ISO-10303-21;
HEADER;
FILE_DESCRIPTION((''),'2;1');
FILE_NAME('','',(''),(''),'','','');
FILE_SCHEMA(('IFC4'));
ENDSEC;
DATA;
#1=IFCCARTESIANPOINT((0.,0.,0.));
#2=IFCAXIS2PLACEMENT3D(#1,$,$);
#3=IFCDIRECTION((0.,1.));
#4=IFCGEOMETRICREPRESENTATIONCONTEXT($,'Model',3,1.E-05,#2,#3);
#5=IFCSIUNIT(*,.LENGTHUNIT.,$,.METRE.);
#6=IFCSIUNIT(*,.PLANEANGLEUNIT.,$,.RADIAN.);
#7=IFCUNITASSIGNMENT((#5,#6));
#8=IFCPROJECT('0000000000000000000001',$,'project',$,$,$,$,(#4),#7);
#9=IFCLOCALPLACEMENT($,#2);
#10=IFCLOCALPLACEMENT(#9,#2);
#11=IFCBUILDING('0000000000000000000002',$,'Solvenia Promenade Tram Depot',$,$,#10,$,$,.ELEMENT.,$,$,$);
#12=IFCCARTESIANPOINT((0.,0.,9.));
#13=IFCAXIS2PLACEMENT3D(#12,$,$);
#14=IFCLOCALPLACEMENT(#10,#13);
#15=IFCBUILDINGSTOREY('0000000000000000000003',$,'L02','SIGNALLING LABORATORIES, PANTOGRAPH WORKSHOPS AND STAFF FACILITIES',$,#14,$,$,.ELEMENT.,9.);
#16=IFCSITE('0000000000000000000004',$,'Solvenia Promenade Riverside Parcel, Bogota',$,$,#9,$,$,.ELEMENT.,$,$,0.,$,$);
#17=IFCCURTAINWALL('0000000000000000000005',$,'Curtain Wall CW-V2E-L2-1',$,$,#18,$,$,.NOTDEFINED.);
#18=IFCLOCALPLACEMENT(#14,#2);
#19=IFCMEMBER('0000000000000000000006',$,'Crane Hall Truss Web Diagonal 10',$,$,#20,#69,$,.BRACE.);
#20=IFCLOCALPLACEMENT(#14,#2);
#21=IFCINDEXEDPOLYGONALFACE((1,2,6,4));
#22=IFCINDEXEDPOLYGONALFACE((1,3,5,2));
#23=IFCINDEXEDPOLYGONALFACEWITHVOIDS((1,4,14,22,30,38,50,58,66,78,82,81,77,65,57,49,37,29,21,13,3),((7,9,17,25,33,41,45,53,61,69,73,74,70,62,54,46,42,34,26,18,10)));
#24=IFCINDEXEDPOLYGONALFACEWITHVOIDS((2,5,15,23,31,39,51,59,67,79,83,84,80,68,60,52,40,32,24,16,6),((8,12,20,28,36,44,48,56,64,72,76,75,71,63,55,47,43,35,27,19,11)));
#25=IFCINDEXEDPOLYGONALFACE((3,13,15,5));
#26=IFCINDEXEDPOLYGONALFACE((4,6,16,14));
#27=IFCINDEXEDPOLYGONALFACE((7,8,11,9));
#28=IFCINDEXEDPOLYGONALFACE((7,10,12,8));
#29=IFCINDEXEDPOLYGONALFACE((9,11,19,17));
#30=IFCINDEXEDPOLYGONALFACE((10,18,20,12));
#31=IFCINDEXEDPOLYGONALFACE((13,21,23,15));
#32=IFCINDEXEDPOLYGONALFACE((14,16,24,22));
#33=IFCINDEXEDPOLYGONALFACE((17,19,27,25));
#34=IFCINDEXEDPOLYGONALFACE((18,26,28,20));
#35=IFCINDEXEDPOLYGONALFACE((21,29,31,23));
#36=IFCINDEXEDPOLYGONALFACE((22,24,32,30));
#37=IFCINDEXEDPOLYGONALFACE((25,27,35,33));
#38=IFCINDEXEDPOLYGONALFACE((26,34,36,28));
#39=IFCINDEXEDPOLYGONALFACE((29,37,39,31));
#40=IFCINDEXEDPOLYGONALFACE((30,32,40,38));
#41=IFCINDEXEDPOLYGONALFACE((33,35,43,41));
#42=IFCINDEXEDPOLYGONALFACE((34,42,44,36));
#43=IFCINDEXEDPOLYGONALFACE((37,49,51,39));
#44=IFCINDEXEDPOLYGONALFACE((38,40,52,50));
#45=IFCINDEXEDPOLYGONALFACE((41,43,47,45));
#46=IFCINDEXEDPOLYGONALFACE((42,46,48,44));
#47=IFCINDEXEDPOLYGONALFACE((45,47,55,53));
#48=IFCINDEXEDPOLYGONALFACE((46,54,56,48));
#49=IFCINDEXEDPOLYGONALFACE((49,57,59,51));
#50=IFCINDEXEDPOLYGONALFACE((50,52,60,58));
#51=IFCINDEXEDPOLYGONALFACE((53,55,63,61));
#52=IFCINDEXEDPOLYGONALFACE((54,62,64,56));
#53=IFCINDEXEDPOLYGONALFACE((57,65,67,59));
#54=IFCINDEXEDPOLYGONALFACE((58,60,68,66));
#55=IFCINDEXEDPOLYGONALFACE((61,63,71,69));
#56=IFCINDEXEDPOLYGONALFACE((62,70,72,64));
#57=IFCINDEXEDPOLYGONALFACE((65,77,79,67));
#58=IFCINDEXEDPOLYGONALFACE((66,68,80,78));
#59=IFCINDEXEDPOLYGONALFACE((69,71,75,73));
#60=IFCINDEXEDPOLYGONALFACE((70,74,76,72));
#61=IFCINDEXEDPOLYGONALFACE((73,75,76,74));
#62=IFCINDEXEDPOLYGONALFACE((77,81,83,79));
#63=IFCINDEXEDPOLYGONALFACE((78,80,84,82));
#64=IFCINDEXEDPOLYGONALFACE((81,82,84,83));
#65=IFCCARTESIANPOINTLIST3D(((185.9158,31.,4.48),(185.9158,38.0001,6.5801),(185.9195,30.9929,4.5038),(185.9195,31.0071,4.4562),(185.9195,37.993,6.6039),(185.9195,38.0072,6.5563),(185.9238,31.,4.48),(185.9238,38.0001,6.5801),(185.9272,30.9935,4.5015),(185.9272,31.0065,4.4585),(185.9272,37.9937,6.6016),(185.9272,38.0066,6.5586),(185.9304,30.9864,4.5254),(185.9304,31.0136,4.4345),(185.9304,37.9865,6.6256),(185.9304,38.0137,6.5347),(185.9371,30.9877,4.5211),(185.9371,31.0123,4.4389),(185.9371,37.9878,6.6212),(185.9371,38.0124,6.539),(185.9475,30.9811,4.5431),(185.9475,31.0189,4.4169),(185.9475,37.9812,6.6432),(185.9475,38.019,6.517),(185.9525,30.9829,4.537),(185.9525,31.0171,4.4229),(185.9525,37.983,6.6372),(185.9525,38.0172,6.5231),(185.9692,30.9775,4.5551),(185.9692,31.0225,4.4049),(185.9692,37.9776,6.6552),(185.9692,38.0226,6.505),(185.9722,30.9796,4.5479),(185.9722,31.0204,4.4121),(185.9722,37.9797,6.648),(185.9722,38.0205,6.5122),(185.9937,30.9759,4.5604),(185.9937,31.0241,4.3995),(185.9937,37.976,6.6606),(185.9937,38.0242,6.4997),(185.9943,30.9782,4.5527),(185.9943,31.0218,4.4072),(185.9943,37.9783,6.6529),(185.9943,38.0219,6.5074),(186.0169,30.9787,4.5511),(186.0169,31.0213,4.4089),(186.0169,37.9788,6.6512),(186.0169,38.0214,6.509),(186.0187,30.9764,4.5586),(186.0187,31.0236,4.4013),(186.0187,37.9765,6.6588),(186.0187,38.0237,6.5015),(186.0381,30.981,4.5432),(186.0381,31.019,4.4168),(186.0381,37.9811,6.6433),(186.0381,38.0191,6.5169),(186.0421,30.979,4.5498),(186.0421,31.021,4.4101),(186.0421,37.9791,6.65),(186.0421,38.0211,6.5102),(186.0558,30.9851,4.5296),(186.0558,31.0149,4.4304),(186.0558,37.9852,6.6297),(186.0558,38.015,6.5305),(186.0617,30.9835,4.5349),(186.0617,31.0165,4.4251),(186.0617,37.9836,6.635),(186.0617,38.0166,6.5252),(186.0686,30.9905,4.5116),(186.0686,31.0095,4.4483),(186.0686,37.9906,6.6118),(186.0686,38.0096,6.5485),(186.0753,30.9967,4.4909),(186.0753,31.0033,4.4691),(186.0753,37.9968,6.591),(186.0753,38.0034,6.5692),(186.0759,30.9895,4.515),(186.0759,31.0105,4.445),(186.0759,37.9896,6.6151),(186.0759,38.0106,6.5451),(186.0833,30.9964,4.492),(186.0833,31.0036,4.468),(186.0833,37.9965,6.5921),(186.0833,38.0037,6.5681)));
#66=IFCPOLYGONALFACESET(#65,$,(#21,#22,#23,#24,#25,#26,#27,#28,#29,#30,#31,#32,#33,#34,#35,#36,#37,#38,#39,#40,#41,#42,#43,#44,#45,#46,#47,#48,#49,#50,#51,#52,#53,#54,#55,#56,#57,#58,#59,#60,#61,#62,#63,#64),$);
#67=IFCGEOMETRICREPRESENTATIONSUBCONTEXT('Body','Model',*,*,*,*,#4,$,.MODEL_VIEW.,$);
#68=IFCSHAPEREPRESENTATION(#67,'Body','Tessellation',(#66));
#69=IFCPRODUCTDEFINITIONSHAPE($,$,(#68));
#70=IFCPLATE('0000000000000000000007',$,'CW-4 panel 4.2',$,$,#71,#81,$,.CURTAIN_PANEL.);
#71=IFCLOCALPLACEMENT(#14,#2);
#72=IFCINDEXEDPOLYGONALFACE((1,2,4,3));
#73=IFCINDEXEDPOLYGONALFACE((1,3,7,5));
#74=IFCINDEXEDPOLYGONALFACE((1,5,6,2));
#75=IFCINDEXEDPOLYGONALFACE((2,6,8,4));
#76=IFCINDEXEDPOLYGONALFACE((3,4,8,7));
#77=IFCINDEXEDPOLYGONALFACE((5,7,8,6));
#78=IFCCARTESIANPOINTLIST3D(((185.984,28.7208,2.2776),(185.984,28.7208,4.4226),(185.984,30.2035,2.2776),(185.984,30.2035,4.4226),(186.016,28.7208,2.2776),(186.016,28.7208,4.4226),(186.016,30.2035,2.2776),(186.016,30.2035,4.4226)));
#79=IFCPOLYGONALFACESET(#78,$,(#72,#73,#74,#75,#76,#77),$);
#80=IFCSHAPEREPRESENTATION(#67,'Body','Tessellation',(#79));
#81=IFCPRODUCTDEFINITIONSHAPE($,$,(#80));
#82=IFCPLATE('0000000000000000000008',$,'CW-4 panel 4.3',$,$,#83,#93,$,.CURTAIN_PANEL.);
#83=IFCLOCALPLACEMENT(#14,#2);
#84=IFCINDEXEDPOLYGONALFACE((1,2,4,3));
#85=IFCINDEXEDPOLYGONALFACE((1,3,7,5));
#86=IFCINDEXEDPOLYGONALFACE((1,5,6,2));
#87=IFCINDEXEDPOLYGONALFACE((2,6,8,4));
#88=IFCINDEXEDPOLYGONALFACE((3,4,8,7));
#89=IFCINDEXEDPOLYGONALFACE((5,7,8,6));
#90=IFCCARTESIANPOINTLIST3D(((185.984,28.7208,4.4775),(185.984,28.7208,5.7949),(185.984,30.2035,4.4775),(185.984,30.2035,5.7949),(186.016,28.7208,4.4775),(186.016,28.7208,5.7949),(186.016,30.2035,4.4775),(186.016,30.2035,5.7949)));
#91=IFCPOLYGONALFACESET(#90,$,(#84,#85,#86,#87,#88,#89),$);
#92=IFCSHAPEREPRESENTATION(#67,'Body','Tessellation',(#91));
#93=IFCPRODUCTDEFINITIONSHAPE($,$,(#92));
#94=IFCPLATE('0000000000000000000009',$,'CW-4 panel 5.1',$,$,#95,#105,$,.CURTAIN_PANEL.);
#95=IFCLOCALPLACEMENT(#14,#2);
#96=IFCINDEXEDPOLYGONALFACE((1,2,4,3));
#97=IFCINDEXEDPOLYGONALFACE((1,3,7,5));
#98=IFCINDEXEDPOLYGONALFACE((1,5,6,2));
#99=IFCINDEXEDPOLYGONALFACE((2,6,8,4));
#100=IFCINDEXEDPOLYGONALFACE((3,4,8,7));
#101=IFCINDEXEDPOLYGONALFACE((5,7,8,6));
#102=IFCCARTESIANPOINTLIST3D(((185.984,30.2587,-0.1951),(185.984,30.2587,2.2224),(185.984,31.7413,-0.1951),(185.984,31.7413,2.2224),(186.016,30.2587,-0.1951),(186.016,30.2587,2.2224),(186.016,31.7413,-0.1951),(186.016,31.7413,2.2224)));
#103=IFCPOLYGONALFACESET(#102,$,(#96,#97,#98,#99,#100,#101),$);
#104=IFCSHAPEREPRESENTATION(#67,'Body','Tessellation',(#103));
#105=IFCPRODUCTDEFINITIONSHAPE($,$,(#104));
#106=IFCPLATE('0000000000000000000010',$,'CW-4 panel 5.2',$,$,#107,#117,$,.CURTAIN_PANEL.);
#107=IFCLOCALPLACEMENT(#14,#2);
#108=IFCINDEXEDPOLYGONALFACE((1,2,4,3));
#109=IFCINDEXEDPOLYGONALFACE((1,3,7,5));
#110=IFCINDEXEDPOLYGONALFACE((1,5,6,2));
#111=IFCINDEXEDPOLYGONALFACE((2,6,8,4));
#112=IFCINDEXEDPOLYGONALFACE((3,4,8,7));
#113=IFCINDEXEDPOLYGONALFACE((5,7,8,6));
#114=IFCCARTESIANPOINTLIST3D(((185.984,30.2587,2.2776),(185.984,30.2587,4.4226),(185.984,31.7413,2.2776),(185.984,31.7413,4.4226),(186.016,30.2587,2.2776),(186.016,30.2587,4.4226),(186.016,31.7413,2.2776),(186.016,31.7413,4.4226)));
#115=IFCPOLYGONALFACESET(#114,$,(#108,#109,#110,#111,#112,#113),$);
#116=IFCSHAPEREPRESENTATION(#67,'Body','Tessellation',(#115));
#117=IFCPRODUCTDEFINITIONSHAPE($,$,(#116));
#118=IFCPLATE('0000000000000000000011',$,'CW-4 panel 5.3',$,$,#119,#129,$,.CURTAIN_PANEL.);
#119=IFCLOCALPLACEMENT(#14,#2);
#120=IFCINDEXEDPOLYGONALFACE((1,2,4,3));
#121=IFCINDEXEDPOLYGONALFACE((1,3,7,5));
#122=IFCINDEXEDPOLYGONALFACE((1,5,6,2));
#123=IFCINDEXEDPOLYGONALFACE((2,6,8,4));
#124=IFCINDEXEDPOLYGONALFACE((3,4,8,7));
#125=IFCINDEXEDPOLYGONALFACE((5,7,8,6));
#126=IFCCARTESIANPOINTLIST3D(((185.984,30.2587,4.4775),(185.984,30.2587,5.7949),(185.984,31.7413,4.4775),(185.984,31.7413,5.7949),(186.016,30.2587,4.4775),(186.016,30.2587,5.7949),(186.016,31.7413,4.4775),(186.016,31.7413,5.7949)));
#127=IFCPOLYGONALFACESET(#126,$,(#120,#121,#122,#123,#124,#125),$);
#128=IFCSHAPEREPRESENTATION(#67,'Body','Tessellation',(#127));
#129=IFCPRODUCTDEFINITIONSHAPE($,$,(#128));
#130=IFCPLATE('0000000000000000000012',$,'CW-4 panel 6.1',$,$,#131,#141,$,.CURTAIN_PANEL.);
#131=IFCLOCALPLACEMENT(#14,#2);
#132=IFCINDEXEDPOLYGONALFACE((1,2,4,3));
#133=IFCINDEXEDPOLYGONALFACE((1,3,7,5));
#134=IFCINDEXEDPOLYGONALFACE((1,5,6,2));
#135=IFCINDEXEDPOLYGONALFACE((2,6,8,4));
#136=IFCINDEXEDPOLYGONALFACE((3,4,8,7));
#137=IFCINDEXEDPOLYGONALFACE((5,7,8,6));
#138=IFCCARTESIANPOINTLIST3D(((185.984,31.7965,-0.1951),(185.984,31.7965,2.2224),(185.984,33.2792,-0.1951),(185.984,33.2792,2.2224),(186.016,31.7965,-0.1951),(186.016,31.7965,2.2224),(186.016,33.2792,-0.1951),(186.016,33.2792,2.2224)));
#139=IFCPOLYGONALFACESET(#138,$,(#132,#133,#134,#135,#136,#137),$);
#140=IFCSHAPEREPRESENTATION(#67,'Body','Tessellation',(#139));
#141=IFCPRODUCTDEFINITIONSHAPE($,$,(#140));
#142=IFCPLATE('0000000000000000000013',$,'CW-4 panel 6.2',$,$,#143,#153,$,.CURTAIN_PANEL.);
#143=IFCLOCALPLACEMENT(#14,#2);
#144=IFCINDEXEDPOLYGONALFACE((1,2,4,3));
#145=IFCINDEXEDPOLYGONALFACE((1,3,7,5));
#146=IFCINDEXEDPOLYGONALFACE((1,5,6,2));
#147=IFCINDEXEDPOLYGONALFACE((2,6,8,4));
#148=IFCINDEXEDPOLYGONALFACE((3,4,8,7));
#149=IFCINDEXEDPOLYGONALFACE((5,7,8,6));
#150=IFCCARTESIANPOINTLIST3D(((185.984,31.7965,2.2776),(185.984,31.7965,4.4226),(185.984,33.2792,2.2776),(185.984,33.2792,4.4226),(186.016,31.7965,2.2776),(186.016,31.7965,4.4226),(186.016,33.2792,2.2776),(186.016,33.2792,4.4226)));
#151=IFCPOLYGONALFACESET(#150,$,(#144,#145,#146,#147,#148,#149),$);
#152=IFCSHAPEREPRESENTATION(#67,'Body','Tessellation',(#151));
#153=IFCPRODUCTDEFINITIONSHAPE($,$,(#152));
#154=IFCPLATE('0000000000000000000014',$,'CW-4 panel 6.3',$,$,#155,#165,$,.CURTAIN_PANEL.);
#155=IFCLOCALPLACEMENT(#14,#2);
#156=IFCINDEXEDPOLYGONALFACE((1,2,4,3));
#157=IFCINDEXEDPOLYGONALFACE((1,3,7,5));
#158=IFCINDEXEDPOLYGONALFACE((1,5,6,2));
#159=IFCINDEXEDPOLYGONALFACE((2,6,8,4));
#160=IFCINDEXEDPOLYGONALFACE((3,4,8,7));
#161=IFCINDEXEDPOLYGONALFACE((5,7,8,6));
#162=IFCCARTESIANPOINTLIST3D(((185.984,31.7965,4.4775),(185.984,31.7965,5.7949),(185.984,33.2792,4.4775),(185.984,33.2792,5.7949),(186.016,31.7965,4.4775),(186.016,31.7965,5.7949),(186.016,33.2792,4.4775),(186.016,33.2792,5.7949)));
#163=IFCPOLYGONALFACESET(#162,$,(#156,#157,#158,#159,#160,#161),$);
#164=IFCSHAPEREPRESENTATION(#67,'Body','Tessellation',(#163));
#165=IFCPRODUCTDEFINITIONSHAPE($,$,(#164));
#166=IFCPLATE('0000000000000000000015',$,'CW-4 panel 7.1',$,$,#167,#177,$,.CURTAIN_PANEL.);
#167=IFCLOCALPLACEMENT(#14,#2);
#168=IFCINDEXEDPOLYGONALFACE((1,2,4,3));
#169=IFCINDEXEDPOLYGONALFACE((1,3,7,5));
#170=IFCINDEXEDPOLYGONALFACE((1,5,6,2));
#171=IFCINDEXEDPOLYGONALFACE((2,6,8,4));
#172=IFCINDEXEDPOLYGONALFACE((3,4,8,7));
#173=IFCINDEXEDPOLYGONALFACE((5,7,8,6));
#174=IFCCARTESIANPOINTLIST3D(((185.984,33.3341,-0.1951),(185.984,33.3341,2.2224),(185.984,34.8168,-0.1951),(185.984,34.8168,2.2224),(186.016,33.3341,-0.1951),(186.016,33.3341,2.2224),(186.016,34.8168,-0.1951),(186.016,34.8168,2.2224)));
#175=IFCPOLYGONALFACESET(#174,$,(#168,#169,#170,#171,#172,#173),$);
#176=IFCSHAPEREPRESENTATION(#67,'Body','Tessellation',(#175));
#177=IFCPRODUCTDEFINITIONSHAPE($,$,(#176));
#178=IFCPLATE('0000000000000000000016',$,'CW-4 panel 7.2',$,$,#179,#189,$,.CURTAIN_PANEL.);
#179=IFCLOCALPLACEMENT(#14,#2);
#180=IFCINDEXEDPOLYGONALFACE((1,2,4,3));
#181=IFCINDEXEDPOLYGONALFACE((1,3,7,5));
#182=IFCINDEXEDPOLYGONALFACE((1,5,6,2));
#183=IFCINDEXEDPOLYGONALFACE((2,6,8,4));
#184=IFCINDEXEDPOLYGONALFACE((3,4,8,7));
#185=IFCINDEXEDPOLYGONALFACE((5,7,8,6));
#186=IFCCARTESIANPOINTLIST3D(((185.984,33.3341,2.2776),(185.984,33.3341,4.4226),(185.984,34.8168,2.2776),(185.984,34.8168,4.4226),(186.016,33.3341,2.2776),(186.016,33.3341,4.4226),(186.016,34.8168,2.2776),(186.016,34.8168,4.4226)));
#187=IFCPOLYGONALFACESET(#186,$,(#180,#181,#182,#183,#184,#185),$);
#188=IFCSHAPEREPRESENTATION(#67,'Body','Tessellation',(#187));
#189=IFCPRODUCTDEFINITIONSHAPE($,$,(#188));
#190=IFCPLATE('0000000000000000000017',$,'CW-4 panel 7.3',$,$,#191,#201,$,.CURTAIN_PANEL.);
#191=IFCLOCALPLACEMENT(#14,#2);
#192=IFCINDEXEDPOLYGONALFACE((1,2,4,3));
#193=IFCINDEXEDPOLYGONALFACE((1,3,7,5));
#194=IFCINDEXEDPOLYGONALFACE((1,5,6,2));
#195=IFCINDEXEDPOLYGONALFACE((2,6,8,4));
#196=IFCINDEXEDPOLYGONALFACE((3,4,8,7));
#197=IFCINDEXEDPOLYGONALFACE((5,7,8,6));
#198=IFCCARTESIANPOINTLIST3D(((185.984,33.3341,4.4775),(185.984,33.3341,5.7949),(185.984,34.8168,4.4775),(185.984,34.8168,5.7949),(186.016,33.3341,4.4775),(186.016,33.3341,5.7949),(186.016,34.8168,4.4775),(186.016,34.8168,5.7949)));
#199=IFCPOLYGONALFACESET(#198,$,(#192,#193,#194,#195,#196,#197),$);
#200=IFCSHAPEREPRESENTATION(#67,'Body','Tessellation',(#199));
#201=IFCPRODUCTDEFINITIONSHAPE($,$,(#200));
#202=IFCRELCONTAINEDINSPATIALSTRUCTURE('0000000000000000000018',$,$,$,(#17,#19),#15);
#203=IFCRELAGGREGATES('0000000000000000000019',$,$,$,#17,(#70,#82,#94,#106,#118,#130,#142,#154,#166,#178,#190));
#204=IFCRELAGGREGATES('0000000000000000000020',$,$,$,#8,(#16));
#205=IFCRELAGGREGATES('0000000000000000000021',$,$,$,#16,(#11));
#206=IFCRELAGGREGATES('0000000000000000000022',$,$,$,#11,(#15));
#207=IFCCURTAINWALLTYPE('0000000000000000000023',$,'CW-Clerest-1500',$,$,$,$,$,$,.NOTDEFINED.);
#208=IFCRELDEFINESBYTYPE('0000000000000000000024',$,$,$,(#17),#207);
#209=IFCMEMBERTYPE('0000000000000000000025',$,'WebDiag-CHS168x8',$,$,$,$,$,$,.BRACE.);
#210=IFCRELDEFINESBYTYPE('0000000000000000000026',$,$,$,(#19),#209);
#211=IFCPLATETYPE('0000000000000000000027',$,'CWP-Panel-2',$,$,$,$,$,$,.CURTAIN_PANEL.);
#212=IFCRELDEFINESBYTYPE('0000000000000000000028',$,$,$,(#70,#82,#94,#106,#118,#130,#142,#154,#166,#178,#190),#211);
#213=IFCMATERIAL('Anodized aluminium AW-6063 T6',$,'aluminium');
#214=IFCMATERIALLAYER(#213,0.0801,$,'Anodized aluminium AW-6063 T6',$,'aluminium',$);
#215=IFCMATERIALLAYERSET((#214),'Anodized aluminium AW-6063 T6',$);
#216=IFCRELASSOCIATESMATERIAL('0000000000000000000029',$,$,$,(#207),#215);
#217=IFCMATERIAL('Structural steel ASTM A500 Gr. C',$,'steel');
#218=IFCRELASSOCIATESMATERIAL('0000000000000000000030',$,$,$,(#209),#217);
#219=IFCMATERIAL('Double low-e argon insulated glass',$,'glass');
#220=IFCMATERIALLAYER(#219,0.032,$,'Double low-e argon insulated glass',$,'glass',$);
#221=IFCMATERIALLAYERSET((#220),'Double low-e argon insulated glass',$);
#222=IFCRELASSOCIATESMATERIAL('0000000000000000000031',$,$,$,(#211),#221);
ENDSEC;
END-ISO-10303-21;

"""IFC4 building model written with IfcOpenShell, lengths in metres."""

from ifc_helpers import new_model, si_unit, direction, frame, origin, origin_2d, place, context, subcontext, project, spatial, rectangle, hollow_circle, extrude, material, layer, layer_set, material_profile, profile_set, type_object, element, aggregate, save


model = new_model("IFC4")

# Units and contexts
model_context = context("Model", 3, precision=1e-05, world=origin(), true_north=direction((0.0, 1.0)))
body_context = subcontext(model_context, "Body", "Model", "MODEL_VIEW")
ifc_project = project(units=[si_unit("LENGTHUNIT", "METRE"), si_unit("PLANEANGLEUNIT", "RADIAN")], contexts=[model_context])

# Site, building, storey
site_placement = place(None, origin())
site = spatial("IfcSite", under=ifc_project, at=site_placement, Name="Solvenia Promenade Riverside Parcel, Bogota", CompositionType="ELEMENT", RefElevation=0.0)
building_placement = place(site_placement, origin())
building = spatial("IfcBuilding", under=site, at=building_placement, Name="Solvenia Promenade Tram Depot", CompositionType="ELEMENT")
storey_placement = place(building_placement, frame((0.0, 0.0, 9.0)))
storey = spatial("IfcBuildingStorey", under=building, at=storey_placement, Name="L02", Description="SIGNALLING LABORATORIES, PANTOGRAPH WORKSHOPS AND STAFF FACILITIES", CompositionType="ELEMENT", Elevation=9.0)

# Curtain wall
ifc_material_1 = material(Name="Anodized aluminium AW-6063 T6", Category="aluminium")
ifc_layer_1 = layer(ifc_material_1, 0.0801, Name="Anodized aluminium AW-6063 T6", Category="aluminium")
ifc_layer_set_1 = layer_set([ifc_layer_1], Name="Anodized aluminium AW-6063 T6")
curtain_wall_type = type_object("IfcCurtainWallType", Name="CW-Clerest-1500", PredefinedType="NOTDEFINED", material=ifc_layer_set_1)
curtain_wall_placement = place(storey_placement, origin())
curtain_wall = element("IfcCurtainWall", 1, at=curtain_wall_placement, inside=storey, type_object=curtain_wall_type, Name="Curtain Wall CW-V2E-L2-1", PredefinedType="NOTDEFINED")

# Member
ifc_material_2 = material(Name="Structural steel ASTM A500 Gr. C", Category="steel")
ifc_material_profile_1 = material_profile(ifc_material_2, hollow_circle(Radius=0.0842, WallThickness=0.0081, at=origin_2d()), Name="CHS168.3x8", Category="steel")
ifc_profile_set_1 = profile_set([ifc_material_profile_1], Name="Structural steel ASTM A500 Gr. C")
member_type_1 = type_object("IfcMemberType", Name="WebDiag-CHS168x8", PredefinedType="BRACE", material=ifc_profile_set_1)
member_1_placement = place(storey_placement, frame((186.0, 31.0, 4.48), z_axis=(0.0, 0.957823, 0.28736), x_axis=(-1.0, 0.0, 0.0)))
element("IfcMember", 2, at=member_1_placement, inside=storey, type_object=member_type_1, Name="Crane Hall Truss Web Diagonal 10", PredefinedType="BRACE", context=body_context, shape_type="SweptSolid", body=[
    extrude(hollow_circle(Radius=0.0842, WallThickness=0.0081, at=origin_2d()), origin(), (0.0, 0.0, 1.0), 7.3083),
])

# Plates
ifc_material_3 = material(Name="Double low-e argon insulated glass", Category="glass")
ifc_layer_2 = layer(ifc_material_3, 0.032, Name="Double low-e argon insulated glass", Category="glass")
ifc_layer_set_2 = layer_set([ifc_layer_2], Name="Double low-e argon insulated glass")
plate_type = type_object("IfcPlateType", Name="CWP-Panel-2", PredefinedType="CURTAIN_PANEL", material=ifc_layer_set_2)
plate_1_placement = place(storey_placement, frame((186.0, 29.4622, 2.2776), z_axis=(0.0, 0.0, 1.0), x_axis=(0.0, 1.0, 0.0)))
plate_1 = element("IfcPlate", 3, at=plate_1_placement, type_object=plate_type, Name="CW-4 panel 4.2", PredefinedType="CURTAIN_PANEL", context=body_context, shape_type="SweptSolid", body=[
    extrude(rectangle(XDim=1.4827, YDim=0.032, at=origin_2d()), origin(), (0.0, 0.0, 1.0), 2.145),
])
plate_2_placement = place(storey_placement, frame((186.0, 29.4622, 4.4775), z_axis=(0.0, 0.0, 1.0), x_axis=(0.0, 1.0, 0.0)))
plate_2 = element("IfcPlate", 4, at=plate_2_placement, type_object=plate_type, Name="CW-4 panel 4.3", PredefinedType="CURTAIN_PANEL", context=body_context, shape_type="SweptSolid", body=[
    extrude(rectangle(XDim=1.4827, YDim=0.032, at=origin_2d()), origin(), (0.0, 0.0, 1.0), 1.3174),
])
plate_3_placement = place(storey_placement, frame((186.0, 31.0, -0.1951), z_axis=(0.0, 0.0, 1.0), x_axis=(0.0, 1.0, 0.0)))
plate_3 = element("IfcPlate", 5, at=plate_3_placement, type_object=plate_type, Name="CW-4 panel 5.1", PredefinedType="CURTAIN_PANEL", context=body_context, shape_type="SweptSolid", body=[
    extrude(rectangle(XDim=1.4827, YDim=0.032, at=origin_2d()), origin(), (0.0, 0.0, 1.0), 2.4175),
])
plate_4_placement = place(storey_placement, frame((186.0, 31.0, 2.2776), z_axis=(0.0, 0.0, 1.0), x_axis=(0.0, 1.0, 0.0)))
plate_4 = element("IfcPlate", 6, at=plate_4_placement, type_object=plate_type, Name="CW-4 panel 5.2", PredefinedType="CURTAIN_PANEL", context=body_context, shape_type="SweptSolid", body=[
    extrude(rectangle(XDim=1.4827, YDim=0.032, at=origin_2d()), origin(), (0.0, 0.0, 1.0), 2.145),
])
plate_5_placement = place(storey_placement, frame((186.0, 31.0, 4.4775), z_axis=(0.0, 0.0, 1.0), x_axis=(0.0, 1.0, 0.0)))
plate_5 = element("IfcPlate", 7, at=plate_5_placement, type_object=plate_type, Name="CW-4 panel 5.3", PredefinedType="CURTAIN_PANEL", context=body_context, shape_type="SweptSolid", body=[
    extrude(rectangle(XDim=1.4827, YDim=0.032, at=origin_2d()), origin(), (0.0, 0.0, 1.0), 1.3174),
])
plate_6_placement = place(storey_placement, frame((186.0, 32.5378, -0.1951), z_axis=(0.0, 0.0, 1.0), x_axis=(0.0, 1.0, 0.0)))
plate_6 = element("IfcPlate", 8, at=plate_6_placement, type_object=plate_type, Name="CW-4 panel 6.1", PredefinedType="CURTAIN_PANEL", context=body_context, shape_type="SweptSolid", body=[
    extrude(rectangle(XDim=1.4827, YDim=0.032, at=origin_2d()), origin(), (0.0, 0.0, 1.0), 2.4175),
])
plate_7_placement = place(storey_placement, frame((186.0, 32.5378, 2.2776), z_axis=(0.0, 0.0, 1.0), x_axis=(0.0, 1.0, 0.0)))
plate_7 = element("IfcPlate", 9, at=plate_7_placement, type_object=plate_type, Name="CW-4 panel 6.2", PredefinedType="CURTAIN_PANEL", context=body_context, shape_type="SweptSolid", body=[
    extrude(rectangle(XDim=1.4827, YDim=0.032, at=origin_2d()), origin(), (0.0, 0.0, 1.0), 2.145),
])
plate_8_placement = place(storey_placement, frame((186.0, 32.5378, 4.4775), z_axis=(0.0, 0.0, 1.0), x_axis=(0.0, 1.0, 0.0)))
plate_8 = element("IfcPlate", 10, at=plate_8_placement, type_object=plate_type, Name="CW-4 panel 6.3", PredefinedType="CURTAIN_PANEL", context=body_context, shape_type="SweptSolid", body=[
    extrude(rectangle(XDim=1.4827, YDim=0.032, at=origin_2d()), origin(), (0.0, 0.0, 1.0), 1.3174),
])
plate_9_placement = place(storey_placement, frame((186.0, 34.0754, -0.1951), z_axis=(0.0, 0.0, 1.0), x_axis=(0.0, 1.0, 0.0)))
plate_9 = element("IfcPlate", 11, at=plate_9_placement, type_object=plate_type, Name="CW-4 panel 7.1", PredefinedType="CURTAIN_PANEL", context=body_context, shape_type="SweptSolid", body=[
    extrude(rectangle(XDim=1.4827, YDim=0.032, at=origin_2d()), origin(), (0.0, 0.0, 1.0), 2.4175),
])
plate_10_placement = place(storey_placement, frame((186.0, 34.0754, 2.2776), z_axis=(0.0, 0.0, 1.0), x_axis=(0.0, 1.0, 0.0)))
plate_10 = element("IfcPlate", 12, at=plate_10_placement, type_object=plate_type, Name="CW-4 panel 7.2", PredefinedType="CURTAIN_PANEL", context=body_context, shape_type="SweptSolid", body=[
    extrude(rectangle(XDim=1.4827, YDim=0.032, at=origin_2d()), origin(), (0.0, 0.0, 1.0), 2.145),
])
plate_11_placement = place(storey_placement, frame((186.0, 34.0754, 4.4775), z_axis=(0.0, 0.0, 1.0), x_axis=(0.0, 1.0, 0.0)))
plate_11 = element("IfcPlate", 13, at=plate_11_placement, type_object=plate_type, Name="CW-4 panel 7.3", PredefinedType="CURTAIN_PANEL", context=body_context, shape_type="SweptSolid", body=[
    extrude(rectangle(XDim=1.4827, YDim=0.032, at=origin_2d()), origin(), (0.0, 0.0, 1.0), 1.3174),
])
aggregate(curtain_wall, [plate_1, plate_2, plate_3, plate_4, plate_5, plate_6, plate_7, plate_8, plate_9, plate_10, plate_11])

save(model, "model.ifc")
